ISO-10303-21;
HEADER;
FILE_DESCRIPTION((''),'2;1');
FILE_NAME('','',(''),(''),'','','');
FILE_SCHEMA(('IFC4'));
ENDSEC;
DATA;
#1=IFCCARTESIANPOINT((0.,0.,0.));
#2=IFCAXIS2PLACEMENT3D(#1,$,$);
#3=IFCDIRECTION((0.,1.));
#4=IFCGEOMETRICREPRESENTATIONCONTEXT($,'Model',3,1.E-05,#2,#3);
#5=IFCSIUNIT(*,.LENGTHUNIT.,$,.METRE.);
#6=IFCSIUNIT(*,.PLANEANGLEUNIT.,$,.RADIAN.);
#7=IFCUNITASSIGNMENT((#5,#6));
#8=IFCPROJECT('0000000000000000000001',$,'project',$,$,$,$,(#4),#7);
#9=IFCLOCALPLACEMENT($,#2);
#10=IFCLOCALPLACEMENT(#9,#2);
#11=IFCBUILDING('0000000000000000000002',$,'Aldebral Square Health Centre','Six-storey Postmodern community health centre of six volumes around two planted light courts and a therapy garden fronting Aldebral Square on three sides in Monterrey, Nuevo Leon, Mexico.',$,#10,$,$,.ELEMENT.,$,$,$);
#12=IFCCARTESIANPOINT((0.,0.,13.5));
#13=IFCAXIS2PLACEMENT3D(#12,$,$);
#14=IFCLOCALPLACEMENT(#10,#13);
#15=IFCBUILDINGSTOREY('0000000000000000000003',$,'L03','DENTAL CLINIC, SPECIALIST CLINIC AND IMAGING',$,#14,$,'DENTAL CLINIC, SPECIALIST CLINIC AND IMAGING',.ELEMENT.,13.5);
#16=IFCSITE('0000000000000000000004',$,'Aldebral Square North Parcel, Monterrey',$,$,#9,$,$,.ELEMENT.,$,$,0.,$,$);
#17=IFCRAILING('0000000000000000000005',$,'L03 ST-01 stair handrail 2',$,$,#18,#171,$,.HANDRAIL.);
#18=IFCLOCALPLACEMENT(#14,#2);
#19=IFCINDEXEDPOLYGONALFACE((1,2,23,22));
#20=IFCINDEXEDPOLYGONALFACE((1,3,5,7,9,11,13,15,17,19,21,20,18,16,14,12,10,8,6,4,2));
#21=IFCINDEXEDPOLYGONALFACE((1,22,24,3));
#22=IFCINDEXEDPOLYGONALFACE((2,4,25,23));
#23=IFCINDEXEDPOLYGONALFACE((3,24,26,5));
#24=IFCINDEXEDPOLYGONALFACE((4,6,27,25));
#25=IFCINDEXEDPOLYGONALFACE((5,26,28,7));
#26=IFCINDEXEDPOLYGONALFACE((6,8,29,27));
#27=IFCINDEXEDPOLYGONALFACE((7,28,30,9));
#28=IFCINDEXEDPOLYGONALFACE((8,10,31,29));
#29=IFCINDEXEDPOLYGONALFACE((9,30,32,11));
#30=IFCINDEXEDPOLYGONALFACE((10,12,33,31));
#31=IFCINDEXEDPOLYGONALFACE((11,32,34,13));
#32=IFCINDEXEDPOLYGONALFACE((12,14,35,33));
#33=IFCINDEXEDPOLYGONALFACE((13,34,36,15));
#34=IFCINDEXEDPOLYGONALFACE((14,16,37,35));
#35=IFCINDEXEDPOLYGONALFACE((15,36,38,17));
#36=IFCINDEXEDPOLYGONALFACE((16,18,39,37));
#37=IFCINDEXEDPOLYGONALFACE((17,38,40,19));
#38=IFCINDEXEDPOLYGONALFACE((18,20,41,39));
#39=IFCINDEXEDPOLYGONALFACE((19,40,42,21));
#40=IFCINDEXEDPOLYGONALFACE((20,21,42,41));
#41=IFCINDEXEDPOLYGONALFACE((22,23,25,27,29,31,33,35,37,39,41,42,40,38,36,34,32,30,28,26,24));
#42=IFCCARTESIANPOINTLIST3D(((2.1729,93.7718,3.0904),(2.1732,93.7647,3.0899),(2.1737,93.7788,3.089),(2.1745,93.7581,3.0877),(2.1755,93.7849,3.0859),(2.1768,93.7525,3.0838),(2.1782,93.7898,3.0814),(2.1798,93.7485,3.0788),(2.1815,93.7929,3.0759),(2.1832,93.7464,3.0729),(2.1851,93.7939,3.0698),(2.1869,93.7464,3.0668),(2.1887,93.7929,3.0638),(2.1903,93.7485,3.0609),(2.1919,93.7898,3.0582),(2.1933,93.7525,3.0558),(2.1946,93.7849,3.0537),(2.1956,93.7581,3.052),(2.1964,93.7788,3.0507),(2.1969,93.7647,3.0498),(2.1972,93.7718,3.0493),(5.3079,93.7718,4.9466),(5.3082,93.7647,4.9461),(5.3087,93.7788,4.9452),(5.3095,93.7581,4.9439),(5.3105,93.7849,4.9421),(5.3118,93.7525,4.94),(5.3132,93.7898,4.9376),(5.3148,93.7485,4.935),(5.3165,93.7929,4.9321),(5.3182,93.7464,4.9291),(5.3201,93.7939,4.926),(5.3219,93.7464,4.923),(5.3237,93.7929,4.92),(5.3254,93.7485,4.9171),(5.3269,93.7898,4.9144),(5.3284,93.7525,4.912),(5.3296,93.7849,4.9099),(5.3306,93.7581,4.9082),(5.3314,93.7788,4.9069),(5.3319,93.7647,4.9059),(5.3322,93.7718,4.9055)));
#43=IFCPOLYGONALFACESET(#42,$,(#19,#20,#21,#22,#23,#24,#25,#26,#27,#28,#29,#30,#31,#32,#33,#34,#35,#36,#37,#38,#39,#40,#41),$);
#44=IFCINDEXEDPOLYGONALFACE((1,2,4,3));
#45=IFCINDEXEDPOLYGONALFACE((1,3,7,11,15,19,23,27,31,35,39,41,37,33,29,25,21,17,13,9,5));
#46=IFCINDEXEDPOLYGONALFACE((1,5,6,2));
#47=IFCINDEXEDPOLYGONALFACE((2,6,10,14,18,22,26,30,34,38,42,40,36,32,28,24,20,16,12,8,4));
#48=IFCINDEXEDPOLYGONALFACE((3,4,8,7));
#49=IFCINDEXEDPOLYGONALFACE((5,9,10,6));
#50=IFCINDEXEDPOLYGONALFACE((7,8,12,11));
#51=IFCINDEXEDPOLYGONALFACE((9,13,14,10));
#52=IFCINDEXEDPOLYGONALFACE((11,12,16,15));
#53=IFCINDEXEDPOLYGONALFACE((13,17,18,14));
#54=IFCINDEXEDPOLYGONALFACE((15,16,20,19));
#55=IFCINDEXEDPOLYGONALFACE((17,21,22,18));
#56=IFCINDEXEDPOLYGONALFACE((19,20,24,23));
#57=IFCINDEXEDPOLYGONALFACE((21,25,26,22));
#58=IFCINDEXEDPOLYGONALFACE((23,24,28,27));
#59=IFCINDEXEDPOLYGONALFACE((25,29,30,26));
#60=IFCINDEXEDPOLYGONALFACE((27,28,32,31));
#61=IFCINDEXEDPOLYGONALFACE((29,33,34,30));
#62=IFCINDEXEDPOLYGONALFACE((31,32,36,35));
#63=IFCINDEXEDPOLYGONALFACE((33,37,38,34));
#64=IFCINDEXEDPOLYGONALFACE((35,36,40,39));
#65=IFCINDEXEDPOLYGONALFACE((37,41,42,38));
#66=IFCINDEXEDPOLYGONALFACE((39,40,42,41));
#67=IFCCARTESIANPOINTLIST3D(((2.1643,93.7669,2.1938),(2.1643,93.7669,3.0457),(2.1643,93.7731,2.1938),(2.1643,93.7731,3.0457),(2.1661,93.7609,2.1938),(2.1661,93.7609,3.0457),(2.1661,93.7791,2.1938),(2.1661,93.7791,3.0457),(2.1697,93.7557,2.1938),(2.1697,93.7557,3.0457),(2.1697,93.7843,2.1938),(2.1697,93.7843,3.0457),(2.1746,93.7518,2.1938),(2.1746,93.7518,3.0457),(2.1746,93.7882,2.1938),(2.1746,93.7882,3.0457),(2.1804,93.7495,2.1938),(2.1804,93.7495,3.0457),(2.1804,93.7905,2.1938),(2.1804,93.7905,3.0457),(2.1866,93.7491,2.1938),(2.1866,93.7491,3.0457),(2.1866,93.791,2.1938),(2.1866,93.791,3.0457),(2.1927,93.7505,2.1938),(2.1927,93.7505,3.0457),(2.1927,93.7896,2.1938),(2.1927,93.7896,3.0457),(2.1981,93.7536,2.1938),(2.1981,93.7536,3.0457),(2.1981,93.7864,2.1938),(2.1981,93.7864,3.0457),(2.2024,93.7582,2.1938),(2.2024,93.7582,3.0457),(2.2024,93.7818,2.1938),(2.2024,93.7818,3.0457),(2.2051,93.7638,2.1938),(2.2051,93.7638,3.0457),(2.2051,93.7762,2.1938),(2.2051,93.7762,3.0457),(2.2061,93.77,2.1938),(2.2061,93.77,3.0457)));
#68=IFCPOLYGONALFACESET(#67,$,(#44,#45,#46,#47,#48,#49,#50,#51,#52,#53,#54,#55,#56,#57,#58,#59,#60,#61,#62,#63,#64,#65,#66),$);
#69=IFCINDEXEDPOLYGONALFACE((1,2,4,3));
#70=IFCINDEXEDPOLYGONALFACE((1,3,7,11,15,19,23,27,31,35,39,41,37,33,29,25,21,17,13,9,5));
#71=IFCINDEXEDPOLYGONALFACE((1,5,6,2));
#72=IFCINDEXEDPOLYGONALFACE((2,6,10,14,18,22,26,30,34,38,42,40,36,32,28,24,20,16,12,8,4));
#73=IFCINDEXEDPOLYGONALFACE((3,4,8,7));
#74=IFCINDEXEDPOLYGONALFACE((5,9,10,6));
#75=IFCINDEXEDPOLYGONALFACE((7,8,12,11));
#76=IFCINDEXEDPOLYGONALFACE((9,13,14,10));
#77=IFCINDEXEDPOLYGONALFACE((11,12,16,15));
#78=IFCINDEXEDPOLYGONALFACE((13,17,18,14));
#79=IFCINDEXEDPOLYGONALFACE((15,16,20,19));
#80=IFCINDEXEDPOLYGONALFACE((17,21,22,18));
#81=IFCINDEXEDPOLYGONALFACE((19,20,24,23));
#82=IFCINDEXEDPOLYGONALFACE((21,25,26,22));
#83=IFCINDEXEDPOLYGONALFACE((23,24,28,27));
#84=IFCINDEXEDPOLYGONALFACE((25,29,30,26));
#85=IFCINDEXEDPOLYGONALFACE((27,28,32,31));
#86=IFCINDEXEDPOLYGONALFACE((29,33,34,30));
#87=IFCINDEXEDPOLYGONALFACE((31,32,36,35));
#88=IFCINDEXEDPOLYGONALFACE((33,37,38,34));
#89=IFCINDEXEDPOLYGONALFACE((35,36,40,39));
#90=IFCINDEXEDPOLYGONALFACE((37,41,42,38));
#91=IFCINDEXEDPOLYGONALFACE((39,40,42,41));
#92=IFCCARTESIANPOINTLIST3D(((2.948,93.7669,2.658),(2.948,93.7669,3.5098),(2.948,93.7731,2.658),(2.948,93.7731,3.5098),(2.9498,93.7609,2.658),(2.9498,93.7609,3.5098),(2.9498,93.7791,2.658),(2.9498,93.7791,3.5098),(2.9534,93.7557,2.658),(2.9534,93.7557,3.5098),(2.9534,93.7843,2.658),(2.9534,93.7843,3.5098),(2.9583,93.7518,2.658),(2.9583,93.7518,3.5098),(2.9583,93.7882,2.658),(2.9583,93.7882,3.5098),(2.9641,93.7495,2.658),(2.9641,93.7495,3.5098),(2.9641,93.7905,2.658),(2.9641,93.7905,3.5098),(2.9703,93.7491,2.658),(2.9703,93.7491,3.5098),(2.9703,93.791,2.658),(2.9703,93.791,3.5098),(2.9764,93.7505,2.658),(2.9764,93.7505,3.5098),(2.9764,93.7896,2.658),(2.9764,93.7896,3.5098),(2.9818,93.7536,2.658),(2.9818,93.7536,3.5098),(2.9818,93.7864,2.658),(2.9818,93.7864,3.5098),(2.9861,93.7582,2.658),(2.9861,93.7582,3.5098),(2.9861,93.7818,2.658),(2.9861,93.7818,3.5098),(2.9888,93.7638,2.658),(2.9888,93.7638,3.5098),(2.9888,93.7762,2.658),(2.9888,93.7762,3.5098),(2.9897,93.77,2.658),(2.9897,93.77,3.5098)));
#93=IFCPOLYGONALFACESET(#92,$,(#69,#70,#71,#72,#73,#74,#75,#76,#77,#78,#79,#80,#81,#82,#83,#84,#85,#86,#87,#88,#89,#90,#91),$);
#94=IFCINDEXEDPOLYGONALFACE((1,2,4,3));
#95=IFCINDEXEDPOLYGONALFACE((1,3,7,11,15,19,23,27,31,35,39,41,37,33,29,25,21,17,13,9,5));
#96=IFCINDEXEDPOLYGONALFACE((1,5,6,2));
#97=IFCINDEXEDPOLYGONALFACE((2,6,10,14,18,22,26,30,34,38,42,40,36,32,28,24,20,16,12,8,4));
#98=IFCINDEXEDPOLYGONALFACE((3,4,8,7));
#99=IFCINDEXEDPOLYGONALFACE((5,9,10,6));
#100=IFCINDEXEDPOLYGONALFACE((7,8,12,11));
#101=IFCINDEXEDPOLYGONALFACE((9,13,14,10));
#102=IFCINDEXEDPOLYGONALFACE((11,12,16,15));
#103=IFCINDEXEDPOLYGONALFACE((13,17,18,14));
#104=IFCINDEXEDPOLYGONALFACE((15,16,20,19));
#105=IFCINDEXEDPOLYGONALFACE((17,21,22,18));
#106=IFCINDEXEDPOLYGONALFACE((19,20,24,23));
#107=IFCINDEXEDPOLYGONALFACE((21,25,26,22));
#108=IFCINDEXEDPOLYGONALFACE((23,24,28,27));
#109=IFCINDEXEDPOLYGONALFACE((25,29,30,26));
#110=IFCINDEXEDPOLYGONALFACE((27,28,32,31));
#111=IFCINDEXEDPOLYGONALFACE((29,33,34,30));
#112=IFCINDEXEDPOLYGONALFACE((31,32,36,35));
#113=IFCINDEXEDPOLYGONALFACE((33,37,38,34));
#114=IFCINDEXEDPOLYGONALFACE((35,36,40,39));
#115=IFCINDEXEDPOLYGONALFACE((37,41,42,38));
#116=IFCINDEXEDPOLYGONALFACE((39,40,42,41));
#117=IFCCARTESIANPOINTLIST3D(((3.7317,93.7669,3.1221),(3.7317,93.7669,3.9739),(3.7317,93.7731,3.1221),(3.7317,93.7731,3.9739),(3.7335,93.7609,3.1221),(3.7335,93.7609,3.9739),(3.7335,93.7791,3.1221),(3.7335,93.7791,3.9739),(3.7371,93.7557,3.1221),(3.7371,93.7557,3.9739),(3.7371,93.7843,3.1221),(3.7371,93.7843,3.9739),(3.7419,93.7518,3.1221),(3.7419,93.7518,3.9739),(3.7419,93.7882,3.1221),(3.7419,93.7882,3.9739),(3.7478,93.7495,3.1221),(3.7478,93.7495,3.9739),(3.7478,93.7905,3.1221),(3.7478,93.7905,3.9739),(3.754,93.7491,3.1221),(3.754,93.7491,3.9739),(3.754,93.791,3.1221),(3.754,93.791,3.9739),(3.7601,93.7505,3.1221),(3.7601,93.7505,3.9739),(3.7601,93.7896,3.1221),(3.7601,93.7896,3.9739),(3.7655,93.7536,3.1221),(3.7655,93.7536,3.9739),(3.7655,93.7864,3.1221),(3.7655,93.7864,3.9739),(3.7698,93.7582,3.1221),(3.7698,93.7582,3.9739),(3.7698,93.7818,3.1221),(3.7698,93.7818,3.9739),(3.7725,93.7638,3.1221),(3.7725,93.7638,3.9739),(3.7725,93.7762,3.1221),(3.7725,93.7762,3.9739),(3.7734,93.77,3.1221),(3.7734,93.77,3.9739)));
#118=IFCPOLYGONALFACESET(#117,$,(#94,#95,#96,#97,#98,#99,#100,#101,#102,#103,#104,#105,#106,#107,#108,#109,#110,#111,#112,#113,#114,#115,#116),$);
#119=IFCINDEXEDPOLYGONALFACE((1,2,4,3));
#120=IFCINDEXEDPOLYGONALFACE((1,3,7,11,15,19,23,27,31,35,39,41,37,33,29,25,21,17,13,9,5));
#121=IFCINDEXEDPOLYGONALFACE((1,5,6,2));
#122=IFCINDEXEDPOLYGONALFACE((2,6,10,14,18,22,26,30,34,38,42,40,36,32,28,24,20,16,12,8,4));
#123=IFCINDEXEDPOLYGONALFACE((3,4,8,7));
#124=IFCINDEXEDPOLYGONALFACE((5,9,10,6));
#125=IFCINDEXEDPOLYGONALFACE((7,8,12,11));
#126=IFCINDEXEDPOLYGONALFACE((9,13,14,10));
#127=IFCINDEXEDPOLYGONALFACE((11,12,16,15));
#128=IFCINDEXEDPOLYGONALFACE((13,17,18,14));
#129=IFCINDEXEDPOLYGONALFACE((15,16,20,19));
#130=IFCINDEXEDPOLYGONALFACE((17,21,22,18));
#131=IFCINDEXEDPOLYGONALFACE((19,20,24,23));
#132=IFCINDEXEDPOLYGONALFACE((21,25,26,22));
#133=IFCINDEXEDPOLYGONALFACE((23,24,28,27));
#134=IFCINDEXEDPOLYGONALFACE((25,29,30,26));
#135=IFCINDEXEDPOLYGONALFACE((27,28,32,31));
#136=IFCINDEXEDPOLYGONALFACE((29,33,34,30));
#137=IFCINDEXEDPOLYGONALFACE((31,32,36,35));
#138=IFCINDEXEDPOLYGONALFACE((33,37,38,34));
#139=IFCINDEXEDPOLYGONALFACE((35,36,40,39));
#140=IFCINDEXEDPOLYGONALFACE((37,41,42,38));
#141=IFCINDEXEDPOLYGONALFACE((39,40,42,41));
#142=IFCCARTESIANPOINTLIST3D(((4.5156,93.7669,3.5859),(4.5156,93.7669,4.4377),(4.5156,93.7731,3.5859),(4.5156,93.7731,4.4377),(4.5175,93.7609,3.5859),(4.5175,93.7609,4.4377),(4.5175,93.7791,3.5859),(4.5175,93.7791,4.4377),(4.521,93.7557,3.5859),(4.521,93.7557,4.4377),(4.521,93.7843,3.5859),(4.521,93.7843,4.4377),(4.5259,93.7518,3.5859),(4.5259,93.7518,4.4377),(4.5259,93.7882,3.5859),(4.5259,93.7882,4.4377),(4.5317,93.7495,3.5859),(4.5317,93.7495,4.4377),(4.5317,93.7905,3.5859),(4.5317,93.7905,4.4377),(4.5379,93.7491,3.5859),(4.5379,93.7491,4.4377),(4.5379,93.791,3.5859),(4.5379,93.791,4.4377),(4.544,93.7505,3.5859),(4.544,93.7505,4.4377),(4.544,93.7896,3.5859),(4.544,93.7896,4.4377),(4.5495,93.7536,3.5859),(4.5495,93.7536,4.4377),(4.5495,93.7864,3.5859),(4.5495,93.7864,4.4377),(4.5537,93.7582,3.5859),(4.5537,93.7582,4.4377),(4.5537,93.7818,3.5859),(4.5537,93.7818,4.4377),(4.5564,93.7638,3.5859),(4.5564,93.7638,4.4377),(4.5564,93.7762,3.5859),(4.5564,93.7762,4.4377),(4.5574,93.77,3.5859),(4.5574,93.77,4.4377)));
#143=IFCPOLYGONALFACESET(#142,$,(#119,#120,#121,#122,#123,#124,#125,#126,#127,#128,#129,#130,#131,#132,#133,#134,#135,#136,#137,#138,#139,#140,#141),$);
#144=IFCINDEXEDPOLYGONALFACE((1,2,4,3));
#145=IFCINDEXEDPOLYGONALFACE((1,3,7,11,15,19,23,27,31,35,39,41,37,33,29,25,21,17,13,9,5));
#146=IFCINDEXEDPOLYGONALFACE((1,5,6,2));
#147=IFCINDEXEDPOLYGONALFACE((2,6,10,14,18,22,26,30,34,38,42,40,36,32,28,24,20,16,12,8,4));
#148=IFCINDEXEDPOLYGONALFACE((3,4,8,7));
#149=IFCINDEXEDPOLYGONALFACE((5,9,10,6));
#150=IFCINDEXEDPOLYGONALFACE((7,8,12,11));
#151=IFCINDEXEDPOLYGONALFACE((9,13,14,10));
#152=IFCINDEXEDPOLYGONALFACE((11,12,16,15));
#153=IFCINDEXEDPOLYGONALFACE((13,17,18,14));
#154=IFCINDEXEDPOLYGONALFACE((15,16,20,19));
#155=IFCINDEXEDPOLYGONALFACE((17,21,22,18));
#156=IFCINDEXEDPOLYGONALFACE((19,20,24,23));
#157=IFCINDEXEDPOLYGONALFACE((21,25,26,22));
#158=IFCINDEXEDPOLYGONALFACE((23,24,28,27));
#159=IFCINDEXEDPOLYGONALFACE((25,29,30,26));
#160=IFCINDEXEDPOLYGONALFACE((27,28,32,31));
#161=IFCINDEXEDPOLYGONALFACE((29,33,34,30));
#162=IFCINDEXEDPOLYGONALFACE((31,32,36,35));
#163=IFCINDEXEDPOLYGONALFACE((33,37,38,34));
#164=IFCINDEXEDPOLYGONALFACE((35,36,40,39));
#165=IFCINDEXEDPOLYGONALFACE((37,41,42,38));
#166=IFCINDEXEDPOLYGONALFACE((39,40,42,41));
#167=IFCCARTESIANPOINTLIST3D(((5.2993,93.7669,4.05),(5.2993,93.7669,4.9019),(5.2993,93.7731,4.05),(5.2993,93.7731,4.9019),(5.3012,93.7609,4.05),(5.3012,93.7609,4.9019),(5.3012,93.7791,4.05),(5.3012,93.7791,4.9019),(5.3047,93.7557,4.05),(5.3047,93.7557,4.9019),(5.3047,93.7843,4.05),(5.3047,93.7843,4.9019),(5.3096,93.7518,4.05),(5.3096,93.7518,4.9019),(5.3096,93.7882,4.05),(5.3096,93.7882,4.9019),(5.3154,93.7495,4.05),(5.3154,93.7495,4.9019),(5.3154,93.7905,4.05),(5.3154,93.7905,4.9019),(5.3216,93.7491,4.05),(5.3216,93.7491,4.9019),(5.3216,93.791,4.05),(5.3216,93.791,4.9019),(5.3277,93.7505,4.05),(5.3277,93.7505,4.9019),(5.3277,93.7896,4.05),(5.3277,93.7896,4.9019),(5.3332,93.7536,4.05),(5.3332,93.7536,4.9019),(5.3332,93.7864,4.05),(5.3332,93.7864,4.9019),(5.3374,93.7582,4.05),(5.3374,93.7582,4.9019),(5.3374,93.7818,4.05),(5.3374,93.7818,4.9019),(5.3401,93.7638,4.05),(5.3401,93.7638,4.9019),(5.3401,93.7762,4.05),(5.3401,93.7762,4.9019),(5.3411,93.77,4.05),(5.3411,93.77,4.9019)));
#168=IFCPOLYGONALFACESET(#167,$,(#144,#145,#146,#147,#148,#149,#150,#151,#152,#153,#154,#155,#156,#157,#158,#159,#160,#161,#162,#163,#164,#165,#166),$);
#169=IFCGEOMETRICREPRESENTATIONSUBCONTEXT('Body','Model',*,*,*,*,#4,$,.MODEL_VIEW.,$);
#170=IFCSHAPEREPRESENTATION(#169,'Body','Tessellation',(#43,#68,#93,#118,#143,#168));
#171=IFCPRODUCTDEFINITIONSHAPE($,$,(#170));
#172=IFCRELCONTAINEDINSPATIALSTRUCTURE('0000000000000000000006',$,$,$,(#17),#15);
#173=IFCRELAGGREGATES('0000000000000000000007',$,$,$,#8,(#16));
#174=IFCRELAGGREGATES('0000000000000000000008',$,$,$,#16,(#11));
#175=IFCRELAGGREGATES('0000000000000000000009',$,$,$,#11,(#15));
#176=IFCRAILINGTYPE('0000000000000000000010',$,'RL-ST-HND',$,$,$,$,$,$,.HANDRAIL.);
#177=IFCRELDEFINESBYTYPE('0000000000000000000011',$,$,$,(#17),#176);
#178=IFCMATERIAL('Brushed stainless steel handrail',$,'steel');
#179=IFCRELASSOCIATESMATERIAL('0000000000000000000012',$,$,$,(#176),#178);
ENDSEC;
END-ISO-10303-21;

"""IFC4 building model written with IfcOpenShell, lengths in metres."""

from ifc_helpers import new_model, si_unit, direction, frame, origin, origin_2d, place, context, subcontext, project, spatial, circle, extrude, material, type_object, element, save


model = new_model("IFC4")

# Units and contexts
model_context = context("Model", 3, precision=1e-05, world=origin(), true_north=direction((0.0, 1.0)))
body_context = subcontext(model_context, "Body", "Model", "MODEL_VIEW")
ifc_project = project(units=[si_unit("LENGTHUNIT", "METRE"), si_unit("PLANEANGLEUNIT", "RADIAN")], contexts=[model_context])

# Site, building, storey
site_placement = place(None, origin())
site = spatial("IfcSite", under=ifc_project, at=site_placement, Name="Aldebral Square North Parcel, Monterrey", CompositionType="ELEMENT", RefElevation=0.0)
building_placement = place(site_placement, origin())
building = spatial("IfcBuilding", under=site, at=building_placement, Name="Aldebral Square Health Centre", Description="Six-storey Postmodern community health centre of six volumes around two planted light courts and a therapy garden fronting Aldebral Square on three sides in Monterrey, Nuevo Leon, Mexico.", CompositionType="ELEMENT")
storey_placement = place(building_placement, frame((0.0, 0.0, 13.5)))
storey = spatial("IfcBuildingStorey", under=building, at=storey_placement, Name="L03", Description="DENTAL CLINIC, SPECIALIST CLINIC AND IMAGING", LongName="DENTAL CLINIC, SPECIALIST CLINIC AND IMAGING", CompositionType="ELEMENT", Elevation=13.5)

# Railing
ifc_material_1 = material(Name="Brushed stainless steel handrail", Category="steel")
railing_type_1 = type_object("IfcRailingType", Name="RL-ST-HND", PredefinedType="HANDRAIL", material=ifc_material_1)
railing_1_placement = place(storey_placement, frame((2.1851, 93.77, 2.1938)))
element("IfcRailing", 1, at=railing_1_placement, inside=storey, type_object=railing_type_1, Name="L03 ST-01 stair handrail 2", PredefinedType="HANDRAIL", context=body_context, shape_type="SweptSolid", body=[
    extrude(circle(Radius=0.0239, at=origin_2d()), frame((0.0, 0.0, 0.876), z_axis=(0.860482, 0.0, 0.509481), x_axis=(0.0, 1.0, 0.0)), (0.0, 0.0, 1.0), 3.6433),
    extrude(circle(Radius=0.021, at=origin_2d()), origin(), (0.0, 0.0, 1.0), 0.8518),
    extrude(circle(Radius=0.021, at=origin_2d()), frame((0.7837, 0.0, 0.4641)), (0.0, 0.0, 1.0), 0.8518),
    extrude(circle(Radius=0.021, at=origin_2d()), frame((1.5674, 0.0, 0.9282)), (0.0, 0.0, 1.0), 0.8518),
    extrude(circle(Radius=0.021, at=origin_2d()), frame((2.3513, 0.0, 1.3921)), (0.0, 0.0, 1.0), 0.8518),
    extrude(circle(Radius=0.021, at=origin_2d()), frame((3.135, 0.0, 1.8562)), (0.0, 0.0, 1.0), 0.8518),
])

save(model, "model.ifc")
